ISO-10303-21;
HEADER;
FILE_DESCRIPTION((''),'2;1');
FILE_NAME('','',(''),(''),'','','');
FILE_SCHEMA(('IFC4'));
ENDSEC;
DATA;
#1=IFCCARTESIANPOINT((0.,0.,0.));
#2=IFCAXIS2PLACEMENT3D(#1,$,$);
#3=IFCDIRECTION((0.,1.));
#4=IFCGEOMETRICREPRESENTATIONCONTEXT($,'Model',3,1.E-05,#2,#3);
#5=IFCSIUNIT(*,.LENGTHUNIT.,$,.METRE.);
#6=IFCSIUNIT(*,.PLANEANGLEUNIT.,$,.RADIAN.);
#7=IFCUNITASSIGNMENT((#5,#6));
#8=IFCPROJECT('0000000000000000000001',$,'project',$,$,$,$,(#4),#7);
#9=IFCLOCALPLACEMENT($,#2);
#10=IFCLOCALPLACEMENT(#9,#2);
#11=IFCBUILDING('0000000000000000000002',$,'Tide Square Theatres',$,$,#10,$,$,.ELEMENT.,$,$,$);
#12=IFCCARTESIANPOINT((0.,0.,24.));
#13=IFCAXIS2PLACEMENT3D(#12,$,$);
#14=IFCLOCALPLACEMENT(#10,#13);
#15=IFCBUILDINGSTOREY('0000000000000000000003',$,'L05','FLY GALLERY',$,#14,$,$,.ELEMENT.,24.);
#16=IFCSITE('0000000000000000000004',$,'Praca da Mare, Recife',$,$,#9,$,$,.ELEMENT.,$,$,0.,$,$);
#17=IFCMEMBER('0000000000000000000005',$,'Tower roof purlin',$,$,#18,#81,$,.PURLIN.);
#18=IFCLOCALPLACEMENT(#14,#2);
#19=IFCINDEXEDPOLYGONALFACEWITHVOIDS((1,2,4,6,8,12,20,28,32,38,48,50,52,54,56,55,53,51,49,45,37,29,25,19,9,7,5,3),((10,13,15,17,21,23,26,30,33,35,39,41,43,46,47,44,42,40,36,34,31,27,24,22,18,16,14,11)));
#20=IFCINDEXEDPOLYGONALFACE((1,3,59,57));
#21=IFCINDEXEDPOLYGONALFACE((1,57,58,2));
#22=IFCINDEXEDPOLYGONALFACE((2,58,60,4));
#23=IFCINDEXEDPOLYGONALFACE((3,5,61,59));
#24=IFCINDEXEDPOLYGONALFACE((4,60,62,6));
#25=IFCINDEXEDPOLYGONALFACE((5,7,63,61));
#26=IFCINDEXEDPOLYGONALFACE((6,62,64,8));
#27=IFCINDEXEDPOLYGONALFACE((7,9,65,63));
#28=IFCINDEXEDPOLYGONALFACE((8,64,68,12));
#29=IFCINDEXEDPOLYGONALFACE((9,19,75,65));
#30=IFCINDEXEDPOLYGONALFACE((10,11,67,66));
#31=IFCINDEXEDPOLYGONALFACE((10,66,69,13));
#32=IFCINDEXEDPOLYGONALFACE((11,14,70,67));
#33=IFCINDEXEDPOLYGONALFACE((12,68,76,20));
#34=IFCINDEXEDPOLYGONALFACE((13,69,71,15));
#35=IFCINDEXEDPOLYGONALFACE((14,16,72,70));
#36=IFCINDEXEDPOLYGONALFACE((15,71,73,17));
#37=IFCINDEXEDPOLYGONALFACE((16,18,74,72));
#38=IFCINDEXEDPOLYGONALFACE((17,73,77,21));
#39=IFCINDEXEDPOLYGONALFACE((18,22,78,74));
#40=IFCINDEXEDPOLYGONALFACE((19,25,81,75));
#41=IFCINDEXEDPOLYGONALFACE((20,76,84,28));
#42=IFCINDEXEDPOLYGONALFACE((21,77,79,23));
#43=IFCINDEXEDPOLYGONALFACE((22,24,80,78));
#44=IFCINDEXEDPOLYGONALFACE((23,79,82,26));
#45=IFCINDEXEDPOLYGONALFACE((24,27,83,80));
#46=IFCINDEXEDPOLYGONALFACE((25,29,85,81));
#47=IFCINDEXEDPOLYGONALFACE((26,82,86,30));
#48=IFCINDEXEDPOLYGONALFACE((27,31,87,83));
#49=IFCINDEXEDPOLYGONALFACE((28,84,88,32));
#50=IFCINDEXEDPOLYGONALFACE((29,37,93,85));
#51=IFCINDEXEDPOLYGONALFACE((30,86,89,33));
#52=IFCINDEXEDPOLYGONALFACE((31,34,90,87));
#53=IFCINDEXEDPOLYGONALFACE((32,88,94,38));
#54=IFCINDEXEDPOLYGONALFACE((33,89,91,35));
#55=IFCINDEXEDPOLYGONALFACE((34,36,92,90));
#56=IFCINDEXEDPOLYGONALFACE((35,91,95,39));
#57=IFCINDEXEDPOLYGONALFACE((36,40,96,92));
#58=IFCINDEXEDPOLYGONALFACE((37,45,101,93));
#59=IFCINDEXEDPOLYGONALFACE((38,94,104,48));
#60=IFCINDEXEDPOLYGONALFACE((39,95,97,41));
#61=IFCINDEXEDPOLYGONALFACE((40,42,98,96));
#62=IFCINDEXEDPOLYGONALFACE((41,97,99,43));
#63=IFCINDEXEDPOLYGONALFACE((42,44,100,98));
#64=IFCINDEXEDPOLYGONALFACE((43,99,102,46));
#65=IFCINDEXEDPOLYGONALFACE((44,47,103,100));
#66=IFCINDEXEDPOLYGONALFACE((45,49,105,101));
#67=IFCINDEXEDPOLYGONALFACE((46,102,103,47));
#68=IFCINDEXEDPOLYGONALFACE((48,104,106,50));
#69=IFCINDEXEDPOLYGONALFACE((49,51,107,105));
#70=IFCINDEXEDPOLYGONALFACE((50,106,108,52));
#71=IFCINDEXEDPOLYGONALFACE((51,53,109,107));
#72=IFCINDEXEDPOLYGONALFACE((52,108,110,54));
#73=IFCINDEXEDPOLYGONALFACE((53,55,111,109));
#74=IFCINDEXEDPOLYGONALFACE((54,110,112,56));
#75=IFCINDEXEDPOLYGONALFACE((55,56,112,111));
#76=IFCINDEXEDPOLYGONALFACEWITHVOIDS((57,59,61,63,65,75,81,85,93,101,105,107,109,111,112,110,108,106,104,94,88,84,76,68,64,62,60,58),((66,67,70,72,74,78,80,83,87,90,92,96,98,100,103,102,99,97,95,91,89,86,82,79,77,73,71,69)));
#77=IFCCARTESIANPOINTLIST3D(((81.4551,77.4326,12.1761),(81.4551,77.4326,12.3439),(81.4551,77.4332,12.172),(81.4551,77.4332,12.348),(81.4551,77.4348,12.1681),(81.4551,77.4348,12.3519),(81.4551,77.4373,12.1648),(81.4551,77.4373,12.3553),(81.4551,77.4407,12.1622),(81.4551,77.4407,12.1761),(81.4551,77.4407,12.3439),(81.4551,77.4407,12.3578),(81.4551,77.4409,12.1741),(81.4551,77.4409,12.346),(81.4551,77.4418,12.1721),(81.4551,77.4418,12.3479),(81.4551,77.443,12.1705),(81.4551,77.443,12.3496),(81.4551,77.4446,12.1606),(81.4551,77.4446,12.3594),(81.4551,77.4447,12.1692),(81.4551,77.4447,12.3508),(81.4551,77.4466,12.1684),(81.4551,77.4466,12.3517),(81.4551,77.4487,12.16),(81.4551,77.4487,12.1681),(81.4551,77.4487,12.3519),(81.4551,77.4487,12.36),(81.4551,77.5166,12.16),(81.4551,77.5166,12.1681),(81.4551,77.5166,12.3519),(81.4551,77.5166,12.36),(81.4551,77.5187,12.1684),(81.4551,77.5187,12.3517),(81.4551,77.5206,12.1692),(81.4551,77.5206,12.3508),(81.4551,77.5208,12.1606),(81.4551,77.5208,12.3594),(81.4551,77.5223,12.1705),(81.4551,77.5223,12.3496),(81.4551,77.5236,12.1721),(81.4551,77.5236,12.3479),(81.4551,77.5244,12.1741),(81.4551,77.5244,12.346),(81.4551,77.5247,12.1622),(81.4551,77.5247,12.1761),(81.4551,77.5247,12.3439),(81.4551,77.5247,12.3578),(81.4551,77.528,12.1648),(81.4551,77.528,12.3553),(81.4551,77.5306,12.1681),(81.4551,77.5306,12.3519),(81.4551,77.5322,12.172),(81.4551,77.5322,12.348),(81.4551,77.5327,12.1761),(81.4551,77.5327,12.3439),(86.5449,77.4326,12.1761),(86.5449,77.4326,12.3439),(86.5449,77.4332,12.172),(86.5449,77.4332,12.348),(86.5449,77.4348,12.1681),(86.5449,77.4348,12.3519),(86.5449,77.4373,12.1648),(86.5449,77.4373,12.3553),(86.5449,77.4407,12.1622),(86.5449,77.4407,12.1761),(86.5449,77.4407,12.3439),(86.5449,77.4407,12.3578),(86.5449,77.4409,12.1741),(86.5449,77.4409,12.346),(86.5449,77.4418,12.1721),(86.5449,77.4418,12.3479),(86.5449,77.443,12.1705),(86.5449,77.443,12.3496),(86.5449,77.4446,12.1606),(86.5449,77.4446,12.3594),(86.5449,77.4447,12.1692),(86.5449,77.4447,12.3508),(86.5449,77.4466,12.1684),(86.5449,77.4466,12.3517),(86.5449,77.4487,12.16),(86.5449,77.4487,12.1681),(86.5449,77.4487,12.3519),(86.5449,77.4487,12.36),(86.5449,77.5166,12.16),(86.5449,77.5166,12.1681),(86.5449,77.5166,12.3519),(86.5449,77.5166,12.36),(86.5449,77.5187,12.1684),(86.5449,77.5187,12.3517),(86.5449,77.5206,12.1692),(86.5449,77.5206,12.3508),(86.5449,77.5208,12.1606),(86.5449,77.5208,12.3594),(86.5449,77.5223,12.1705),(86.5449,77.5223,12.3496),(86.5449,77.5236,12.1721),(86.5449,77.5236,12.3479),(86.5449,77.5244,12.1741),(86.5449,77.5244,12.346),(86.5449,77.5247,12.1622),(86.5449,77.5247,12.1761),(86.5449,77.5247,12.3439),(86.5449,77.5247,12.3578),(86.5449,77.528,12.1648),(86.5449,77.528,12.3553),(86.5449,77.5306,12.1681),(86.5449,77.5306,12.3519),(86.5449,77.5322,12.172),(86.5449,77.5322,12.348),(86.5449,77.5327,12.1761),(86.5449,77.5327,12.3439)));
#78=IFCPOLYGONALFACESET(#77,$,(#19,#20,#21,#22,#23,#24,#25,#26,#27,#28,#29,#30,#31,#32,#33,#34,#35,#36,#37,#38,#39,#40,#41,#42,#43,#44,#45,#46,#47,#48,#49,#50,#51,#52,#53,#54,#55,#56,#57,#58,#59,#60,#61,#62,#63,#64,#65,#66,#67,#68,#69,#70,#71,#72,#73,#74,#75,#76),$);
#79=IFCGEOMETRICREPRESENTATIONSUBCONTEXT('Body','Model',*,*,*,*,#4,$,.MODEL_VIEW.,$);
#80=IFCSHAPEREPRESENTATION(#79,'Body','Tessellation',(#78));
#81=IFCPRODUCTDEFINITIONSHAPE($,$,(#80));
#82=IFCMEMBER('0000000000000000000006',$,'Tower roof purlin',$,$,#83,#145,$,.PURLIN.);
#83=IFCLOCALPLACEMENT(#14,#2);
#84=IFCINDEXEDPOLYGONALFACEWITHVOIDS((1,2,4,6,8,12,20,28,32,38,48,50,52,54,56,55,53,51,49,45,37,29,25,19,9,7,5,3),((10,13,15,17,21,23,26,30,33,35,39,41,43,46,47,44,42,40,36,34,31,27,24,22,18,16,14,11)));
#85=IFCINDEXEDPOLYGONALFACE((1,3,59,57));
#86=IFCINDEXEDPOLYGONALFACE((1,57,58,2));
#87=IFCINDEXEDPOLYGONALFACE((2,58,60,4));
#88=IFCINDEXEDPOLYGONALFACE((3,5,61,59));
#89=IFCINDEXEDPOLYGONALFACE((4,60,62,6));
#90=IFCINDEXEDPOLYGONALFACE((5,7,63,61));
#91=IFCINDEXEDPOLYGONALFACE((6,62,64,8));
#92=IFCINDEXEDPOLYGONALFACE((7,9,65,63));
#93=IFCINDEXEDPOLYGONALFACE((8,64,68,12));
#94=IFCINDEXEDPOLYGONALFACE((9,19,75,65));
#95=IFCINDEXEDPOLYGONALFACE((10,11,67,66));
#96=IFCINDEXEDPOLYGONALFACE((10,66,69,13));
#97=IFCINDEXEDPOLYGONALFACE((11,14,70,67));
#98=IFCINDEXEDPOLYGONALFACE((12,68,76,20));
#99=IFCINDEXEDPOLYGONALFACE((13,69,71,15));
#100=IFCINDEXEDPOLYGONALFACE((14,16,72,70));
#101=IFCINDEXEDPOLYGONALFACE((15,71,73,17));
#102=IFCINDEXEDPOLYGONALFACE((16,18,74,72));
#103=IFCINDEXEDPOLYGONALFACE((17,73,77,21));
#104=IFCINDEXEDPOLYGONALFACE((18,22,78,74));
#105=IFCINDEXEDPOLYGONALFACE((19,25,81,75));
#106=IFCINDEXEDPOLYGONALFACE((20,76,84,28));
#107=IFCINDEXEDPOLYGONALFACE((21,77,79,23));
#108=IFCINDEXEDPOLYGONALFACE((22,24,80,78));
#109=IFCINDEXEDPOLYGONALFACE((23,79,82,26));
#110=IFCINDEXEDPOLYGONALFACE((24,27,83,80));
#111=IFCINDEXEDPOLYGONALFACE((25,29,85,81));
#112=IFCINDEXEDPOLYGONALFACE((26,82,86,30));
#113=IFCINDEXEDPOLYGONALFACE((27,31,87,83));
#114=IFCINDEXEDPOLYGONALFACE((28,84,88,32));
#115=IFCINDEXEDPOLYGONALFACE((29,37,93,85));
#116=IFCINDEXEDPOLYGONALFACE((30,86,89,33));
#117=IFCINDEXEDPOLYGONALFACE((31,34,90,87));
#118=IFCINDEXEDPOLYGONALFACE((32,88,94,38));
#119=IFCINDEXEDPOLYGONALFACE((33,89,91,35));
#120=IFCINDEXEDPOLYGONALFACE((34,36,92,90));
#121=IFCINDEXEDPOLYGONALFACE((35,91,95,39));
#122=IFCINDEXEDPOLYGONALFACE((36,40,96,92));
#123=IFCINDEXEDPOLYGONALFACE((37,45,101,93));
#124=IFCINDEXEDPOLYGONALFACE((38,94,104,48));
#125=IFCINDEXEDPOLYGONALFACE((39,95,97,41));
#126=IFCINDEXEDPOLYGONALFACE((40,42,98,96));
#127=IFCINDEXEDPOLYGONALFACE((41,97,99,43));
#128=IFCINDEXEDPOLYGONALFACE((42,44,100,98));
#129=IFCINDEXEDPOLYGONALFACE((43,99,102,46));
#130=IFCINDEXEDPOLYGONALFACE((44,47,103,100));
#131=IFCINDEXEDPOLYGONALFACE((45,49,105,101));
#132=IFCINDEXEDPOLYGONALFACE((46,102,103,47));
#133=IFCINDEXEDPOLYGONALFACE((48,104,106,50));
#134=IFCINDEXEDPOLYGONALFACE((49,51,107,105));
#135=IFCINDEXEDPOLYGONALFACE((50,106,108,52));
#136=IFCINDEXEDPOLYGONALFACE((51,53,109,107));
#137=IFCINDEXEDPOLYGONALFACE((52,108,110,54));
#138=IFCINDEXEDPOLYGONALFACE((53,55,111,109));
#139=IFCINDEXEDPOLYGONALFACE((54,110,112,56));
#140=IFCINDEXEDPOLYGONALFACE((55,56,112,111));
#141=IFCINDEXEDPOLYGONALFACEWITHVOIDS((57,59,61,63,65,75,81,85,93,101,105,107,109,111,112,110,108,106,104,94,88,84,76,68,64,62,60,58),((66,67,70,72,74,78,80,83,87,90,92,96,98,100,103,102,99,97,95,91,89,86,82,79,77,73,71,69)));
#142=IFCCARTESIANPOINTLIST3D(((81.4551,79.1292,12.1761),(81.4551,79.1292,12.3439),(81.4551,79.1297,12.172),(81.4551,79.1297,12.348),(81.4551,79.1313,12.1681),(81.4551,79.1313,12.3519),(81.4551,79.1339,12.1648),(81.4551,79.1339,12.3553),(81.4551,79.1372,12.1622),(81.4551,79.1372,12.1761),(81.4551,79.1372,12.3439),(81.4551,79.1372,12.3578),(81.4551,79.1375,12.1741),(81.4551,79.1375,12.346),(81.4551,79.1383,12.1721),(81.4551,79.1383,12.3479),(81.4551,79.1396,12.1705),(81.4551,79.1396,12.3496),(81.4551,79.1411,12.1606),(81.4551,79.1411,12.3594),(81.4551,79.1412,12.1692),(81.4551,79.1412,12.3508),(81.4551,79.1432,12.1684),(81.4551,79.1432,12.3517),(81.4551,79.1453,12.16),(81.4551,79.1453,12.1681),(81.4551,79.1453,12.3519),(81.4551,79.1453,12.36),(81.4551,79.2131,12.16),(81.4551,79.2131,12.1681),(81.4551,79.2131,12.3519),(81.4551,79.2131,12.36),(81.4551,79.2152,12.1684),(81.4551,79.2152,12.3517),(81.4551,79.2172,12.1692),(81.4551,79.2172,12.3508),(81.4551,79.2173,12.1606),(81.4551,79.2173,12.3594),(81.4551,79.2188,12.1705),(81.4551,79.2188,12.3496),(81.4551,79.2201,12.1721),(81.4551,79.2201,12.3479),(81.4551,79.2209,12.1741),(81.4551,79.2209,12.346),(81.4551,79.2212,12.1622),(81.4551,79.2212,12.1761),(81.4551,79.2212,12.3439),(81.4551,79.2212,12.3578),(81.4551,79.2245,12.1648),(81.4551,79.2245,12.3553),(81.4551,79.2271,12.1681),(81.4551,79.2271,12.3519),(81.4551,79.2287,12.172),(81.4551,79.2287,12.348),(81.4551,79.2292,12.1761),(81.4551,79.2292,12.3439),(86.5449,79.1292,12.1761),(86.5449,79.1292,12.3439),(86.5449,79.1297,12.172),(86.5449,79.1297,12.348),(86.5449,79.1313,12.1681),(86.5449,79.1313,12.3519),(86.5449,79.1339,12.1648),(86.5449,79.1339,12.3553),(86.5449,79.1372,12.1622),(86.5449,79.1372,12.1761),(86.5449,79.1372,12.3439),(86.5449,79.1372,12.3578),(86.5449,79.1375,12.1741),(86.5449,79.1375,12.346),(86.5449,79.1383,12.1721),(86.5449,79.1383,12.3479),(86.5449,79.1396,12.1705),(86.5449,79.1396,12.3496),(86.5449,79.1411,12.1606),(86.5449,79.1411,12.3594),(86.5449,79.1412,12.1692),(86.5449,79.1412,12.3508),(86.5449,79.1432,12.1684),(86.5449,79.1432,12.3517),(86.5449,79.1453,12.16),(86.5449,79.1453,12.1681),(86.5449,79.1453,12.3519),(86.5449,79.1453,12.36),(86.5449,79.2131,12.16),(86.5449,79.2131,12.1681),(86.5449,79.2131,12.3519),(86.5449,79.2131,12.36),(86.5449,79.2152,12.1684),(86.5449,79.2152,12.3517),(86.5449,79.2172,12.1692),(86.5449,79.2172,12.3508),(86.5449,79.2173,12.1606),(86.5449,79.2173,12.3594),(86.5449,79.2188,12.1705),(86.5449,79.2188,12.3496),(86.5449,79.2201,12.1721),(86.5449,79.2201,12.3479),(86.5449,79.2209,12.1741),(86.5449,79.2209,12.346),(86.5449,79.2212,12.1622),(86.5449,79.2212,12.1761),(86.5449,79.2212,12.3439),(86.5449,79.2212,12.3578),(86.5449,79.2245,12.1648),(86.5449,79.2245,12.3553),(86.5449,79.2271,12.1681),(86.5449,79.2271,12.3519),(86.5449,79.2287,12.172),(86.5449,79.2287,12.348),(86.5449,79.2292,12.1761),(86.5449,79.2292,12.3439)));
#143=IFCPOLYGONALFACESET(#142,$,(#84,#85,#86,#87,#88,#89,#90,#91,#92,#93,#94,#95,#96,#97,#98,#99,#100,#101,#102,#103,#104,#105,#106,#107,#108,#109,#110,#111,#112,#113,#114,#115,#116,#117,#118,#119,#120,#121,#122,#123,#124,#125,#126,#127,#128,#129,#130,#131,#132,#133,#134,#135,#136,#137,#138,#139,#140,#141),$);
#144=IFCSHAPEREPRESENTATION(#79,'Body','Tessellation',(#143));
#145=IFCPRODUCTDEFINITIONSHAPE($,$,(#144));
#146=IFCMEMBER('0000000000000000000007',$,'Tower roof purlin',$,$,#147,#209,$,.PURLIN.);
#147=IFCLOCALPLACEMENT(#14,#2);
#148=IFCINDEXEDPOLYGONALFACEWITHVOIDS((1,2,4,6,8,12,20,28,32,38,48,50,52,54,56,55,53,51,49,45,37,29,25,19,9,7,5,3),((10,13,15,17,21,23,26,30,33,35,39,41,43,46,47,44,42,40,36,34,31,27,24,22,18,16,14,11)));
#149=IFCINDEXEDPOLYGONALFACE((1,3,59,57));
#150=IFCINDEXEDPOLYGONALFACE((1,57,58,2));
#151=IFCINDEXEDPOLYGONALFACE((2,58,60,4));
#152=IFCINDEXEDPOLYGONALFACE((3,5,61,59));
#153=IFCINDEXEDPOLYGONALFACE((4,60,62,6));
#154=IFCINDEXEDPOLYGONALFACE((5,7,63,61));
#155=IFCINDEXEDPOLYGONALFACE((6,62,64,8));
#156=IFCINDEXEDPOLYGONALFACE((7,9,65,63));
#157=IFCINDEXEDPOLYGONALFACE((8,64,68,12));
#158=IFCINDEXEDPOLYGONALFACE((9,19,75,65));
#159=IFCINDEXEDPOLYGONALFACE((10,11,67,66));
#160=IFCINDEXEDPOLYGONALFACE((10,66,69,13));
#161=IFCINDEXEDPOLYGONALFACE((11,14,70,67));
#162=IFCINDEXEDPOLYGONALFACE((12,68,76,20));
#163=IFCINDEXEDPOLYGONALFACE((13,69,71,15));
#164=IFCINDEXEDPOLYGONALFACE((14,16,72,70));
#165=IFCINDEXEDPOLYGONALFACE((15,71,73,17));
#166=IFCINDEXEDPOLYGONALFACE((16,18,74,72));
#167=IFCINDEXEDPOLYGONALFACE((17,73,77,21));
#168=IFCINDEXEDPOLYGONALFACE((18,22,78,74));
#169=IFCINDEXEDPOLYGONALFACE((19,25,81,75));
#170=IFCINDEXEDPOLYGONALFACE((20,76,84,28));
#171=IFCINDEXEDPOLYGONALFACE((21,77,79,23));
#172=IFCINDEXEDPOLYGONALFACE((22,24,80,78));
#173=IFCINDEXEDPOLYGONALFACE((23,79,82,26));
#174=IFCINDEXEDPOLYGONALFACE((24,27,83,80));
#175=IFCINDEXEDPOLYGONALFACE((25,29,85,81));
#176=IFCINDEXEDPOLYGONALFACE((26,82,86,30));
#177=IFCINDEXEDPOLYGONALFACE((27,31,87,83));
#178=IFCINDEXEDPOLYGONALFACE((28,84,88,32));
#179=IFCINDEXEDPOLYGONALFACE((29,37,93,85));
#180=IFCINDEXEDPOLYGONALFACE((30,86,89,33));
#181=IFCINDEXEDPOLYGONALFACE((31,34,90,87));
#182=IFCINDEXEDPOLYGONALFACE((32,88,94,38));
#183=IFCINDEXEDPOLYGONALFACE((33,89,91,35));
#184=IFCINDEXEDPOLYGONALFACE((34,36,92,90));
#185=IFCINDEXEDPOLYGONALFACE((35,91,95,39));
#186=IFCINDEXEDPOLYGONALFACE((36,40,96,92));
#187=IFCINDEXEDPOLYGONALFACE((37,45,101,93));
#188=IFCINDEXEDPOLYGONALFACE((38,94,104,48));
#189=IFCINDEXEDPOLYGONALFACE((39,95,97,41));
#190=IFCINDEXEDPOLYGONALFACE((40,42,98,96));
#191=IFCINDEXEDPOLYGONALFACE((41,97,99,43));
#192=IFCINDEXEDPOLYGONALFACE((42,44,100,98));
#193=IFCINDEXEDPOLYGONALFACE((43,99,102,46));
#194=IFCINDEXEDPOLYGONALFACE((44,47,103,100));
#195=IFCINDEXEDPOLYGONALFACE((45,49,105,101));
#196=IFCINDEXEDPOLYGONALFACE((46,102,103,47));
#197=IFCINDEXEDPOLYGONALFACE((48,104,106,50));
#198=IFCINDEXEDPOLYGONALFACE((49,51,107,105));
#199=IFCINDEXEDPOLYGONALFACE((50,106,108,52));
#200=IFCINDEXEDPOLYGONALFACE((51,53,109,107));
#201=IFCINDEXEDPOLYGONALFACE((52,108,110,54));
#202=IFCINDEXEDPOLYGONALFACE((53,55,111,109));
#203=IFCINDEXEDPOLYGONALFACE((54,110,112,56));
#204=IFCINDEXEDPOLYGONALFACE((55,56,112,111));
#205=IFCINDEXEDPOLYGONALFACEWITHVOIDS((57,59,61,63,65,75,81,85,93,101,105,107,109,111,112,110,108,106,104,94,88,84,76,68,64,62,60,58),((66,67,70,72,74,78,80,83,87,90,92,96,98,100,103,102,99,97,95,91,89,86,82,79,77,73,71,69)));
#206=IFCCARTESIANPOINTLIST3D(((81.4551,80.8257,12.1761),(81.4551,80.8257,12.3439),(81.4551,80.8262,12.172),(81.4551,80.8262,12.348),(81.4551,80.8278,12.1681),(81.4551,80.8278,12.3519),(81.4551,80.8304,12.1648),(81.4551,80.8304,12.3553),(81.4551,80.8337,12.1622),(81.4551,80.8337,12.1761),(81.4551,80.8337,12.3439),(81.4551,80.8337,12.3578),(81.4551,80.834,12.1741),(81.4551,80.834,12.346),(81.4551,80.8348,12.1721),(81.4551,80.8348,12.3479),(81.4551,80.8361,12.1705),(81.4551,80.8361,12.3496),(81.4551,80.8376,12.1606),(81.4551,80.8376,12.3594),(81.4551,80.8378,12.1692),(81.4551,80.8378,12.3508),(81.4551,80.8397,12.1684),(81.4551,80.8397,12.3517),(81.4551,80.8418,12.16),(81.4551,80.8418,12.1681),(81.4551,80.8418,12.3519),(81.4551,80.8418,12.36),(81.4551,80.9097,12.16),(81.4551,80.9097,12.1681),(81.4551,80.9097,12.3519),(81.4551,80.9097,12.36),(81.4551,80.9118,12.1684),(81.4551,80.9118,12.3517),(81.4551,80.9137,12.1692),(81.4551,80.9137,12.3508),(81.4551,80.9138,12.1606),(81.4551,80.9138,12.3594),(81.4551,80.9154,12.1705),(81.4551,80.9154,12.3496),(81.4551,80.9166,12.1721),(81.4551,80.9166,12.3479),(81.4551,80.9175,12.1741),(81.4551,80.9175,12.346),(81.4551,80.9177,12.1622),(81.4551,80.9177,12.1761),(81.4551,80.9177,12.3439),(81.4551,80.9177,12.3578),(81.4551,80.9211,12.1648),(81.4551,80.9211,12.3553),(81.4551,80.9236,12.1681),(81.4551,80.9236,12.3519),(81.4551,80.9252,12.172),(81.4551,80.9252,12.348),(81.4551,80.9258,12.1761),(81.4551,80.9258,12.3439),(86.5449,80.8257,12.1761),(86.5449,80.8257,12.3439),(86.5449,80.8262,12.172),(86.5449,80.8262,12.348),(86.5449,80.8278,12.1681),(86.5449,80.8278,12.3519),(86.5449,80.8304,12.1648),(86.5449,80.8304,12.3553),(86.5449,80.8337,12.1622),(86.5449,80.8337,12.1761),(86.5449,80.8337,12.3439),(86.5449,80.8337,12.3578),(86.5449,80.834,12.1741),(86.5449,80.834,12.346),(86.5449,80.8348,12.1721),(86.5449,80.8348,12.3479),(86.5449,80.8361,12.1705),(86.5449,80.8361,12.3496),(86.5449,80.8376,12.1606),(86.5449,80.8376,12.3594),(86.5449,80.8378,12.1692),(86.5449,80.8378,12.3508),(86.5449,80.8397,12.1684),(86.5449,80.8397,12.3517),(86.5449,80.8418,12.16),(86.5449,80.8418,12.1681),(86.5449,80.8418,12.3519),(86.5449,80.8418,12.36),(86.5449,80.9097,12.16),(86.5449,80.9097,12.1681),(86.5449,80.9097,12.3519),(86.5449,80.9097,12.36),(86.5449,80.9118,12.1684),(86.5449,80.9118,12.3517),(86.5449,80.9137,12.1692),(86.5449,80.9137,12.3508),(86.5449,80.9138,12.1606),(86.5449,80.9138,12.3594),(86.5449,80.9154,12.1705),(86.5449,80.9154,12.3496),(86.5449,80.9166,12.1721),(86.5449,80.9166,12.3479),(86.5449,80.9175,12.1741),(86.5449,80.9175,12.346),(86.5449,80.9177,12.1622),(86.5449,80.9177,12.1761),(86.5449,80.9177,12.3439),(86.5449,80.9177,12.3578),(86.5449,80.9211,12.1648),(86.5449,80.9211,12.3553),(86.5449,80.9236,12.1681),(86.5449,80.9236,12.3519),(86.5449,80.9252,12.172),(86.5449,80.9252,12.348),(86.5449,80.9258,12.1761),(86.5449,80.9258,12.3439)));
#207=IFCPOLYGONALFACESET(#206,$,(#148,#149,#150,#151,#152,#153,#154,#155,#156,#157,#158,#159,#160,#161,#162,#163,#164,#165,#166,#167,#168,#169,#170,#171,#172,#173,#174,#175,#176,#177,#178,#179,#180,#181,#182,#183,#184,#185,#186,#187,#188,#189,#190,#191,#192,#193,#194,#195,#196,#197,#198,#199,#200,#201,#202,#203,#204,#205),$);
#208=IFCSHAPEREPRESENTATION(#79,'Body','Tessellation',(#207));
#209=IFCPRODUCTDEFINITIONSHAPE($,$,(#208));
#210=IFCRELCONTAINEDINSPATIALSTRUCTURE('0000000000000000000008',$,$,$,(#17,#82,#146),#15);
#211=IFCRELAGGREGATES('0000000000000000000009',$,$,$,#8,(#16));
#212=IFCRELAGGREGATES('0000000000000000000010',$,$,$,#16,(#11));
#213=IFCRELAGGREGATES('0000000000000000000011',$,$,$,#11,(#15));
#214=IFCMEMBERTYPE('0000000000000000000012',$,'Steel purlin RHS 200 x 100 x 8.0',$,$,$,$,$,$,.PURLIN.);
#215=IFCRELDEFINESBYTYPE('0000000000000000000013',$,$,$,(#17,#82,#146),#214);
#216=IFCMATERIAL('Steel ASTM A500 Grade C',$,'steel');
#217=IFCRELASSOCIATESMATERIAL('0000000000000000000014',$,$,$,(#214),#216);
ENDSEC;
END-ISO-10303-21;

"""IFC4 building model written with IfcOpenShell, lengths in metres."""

from ifc_helpers import new_model, si_unit, direction, frame, origin, origin_2d, place, context, subcontext, project, spatial, hollow_rectangle, extrude, material, material_profile, profile_set, type_object, element, save


model = new_model("IFC4")

# Units and contexts
model_context = context("Model", 3, precision=1e-05, world=origin(), true_north=direction((0.0, 1.0)))
body_context = subcontext(model_context, "Body", "Model", "MODEL_VIEW")
ifc_project = project(units=[si_unit("LENGTHUNIT", "METRE"), si_unit("PLANEANGLEUNIT", "RADIAN")], contexts=[model_context])

# Site, building, storey
site_placement = place(None, origin())
site = spatial("IfcSite", under=ifc_project, at=site_placement, Name="Praca da Mare, Recife", CompositionType="ELEMENT", RefElevation=0.0)
building_placement = place(site_placement, origin())
building = spatial("IfcBuilding", under=site, at=building_placement, Name="Tide Square Theatres", CompositionType="ELEMENT")
storey_placement = place(building_placement, frame((0.0, 0.0, 24.0)))
storey = spatial("IfcBuildingStorey", under=building, at=storey_placement, Name="L05", Description="FLY GALLERY", CompositionType="ELEMENT", Elevation=24.0)

# Members
ifc_material_1 = material(Name="Steel ASTM A500 Grade C", Category="steel")
ifc_material_profile_1 = material_profile(ifc_material_1, hollow_rectangle(XDim=0.1001, YDim=0.2, WallThickness=0.0081, InnerFilletRadius=0.0081, OuterFilletRadius=0.0161, at=origin_2d()))
ifc_profile_set_1 = profile_set([ifc_material_profile_1], Name="Steel ASTM A500 Grade C")
member_type = type_object("IfcMemberType", Name="Steel purlin RHS 200 x 100 x 8.0", PredefinedType="PURLIN", material=ifc_profile_set_1)
for number, where, z_axis, x_axis, name in (
    (1, (81.4551, 77.4827, 12.26), (1.0, 0.0, 0.0), (0.0, 1.0, 0.0), "Tower roof purlin"),
    (2, (81.4551, 79.1792, 12.26), (1.0, 0.0, 0.0), (0.0, 1.0, 0.0), "Tower roof purlin"),
    (3, (81.4551, 80.8757, 12.26), (1.0, 0.0, 0.0), (0.0, 1.0, 0.0), "Tower roof purlin"),
):
    element("IfcMember", number, at=place(storey_placement, frame(where, z_axis=z_axis, x_axis=x_axis)), inside=storey, type_object=member_type, Name=name, PredefinedType="PURLIN", context=body_context, shape_type="SweptSolid", body=[
        extrude(hollow_rectangle(XDim=0.1001, YDim=0.2, WallThickness=0.0081, InnerFilletRadius=0.0081, OuterFilletRadius=0.0161, at=origin_2d()), origin(), (0.0, 0.0, 1.0), 5.0898),
    ])

save(model, "model.ifc")
